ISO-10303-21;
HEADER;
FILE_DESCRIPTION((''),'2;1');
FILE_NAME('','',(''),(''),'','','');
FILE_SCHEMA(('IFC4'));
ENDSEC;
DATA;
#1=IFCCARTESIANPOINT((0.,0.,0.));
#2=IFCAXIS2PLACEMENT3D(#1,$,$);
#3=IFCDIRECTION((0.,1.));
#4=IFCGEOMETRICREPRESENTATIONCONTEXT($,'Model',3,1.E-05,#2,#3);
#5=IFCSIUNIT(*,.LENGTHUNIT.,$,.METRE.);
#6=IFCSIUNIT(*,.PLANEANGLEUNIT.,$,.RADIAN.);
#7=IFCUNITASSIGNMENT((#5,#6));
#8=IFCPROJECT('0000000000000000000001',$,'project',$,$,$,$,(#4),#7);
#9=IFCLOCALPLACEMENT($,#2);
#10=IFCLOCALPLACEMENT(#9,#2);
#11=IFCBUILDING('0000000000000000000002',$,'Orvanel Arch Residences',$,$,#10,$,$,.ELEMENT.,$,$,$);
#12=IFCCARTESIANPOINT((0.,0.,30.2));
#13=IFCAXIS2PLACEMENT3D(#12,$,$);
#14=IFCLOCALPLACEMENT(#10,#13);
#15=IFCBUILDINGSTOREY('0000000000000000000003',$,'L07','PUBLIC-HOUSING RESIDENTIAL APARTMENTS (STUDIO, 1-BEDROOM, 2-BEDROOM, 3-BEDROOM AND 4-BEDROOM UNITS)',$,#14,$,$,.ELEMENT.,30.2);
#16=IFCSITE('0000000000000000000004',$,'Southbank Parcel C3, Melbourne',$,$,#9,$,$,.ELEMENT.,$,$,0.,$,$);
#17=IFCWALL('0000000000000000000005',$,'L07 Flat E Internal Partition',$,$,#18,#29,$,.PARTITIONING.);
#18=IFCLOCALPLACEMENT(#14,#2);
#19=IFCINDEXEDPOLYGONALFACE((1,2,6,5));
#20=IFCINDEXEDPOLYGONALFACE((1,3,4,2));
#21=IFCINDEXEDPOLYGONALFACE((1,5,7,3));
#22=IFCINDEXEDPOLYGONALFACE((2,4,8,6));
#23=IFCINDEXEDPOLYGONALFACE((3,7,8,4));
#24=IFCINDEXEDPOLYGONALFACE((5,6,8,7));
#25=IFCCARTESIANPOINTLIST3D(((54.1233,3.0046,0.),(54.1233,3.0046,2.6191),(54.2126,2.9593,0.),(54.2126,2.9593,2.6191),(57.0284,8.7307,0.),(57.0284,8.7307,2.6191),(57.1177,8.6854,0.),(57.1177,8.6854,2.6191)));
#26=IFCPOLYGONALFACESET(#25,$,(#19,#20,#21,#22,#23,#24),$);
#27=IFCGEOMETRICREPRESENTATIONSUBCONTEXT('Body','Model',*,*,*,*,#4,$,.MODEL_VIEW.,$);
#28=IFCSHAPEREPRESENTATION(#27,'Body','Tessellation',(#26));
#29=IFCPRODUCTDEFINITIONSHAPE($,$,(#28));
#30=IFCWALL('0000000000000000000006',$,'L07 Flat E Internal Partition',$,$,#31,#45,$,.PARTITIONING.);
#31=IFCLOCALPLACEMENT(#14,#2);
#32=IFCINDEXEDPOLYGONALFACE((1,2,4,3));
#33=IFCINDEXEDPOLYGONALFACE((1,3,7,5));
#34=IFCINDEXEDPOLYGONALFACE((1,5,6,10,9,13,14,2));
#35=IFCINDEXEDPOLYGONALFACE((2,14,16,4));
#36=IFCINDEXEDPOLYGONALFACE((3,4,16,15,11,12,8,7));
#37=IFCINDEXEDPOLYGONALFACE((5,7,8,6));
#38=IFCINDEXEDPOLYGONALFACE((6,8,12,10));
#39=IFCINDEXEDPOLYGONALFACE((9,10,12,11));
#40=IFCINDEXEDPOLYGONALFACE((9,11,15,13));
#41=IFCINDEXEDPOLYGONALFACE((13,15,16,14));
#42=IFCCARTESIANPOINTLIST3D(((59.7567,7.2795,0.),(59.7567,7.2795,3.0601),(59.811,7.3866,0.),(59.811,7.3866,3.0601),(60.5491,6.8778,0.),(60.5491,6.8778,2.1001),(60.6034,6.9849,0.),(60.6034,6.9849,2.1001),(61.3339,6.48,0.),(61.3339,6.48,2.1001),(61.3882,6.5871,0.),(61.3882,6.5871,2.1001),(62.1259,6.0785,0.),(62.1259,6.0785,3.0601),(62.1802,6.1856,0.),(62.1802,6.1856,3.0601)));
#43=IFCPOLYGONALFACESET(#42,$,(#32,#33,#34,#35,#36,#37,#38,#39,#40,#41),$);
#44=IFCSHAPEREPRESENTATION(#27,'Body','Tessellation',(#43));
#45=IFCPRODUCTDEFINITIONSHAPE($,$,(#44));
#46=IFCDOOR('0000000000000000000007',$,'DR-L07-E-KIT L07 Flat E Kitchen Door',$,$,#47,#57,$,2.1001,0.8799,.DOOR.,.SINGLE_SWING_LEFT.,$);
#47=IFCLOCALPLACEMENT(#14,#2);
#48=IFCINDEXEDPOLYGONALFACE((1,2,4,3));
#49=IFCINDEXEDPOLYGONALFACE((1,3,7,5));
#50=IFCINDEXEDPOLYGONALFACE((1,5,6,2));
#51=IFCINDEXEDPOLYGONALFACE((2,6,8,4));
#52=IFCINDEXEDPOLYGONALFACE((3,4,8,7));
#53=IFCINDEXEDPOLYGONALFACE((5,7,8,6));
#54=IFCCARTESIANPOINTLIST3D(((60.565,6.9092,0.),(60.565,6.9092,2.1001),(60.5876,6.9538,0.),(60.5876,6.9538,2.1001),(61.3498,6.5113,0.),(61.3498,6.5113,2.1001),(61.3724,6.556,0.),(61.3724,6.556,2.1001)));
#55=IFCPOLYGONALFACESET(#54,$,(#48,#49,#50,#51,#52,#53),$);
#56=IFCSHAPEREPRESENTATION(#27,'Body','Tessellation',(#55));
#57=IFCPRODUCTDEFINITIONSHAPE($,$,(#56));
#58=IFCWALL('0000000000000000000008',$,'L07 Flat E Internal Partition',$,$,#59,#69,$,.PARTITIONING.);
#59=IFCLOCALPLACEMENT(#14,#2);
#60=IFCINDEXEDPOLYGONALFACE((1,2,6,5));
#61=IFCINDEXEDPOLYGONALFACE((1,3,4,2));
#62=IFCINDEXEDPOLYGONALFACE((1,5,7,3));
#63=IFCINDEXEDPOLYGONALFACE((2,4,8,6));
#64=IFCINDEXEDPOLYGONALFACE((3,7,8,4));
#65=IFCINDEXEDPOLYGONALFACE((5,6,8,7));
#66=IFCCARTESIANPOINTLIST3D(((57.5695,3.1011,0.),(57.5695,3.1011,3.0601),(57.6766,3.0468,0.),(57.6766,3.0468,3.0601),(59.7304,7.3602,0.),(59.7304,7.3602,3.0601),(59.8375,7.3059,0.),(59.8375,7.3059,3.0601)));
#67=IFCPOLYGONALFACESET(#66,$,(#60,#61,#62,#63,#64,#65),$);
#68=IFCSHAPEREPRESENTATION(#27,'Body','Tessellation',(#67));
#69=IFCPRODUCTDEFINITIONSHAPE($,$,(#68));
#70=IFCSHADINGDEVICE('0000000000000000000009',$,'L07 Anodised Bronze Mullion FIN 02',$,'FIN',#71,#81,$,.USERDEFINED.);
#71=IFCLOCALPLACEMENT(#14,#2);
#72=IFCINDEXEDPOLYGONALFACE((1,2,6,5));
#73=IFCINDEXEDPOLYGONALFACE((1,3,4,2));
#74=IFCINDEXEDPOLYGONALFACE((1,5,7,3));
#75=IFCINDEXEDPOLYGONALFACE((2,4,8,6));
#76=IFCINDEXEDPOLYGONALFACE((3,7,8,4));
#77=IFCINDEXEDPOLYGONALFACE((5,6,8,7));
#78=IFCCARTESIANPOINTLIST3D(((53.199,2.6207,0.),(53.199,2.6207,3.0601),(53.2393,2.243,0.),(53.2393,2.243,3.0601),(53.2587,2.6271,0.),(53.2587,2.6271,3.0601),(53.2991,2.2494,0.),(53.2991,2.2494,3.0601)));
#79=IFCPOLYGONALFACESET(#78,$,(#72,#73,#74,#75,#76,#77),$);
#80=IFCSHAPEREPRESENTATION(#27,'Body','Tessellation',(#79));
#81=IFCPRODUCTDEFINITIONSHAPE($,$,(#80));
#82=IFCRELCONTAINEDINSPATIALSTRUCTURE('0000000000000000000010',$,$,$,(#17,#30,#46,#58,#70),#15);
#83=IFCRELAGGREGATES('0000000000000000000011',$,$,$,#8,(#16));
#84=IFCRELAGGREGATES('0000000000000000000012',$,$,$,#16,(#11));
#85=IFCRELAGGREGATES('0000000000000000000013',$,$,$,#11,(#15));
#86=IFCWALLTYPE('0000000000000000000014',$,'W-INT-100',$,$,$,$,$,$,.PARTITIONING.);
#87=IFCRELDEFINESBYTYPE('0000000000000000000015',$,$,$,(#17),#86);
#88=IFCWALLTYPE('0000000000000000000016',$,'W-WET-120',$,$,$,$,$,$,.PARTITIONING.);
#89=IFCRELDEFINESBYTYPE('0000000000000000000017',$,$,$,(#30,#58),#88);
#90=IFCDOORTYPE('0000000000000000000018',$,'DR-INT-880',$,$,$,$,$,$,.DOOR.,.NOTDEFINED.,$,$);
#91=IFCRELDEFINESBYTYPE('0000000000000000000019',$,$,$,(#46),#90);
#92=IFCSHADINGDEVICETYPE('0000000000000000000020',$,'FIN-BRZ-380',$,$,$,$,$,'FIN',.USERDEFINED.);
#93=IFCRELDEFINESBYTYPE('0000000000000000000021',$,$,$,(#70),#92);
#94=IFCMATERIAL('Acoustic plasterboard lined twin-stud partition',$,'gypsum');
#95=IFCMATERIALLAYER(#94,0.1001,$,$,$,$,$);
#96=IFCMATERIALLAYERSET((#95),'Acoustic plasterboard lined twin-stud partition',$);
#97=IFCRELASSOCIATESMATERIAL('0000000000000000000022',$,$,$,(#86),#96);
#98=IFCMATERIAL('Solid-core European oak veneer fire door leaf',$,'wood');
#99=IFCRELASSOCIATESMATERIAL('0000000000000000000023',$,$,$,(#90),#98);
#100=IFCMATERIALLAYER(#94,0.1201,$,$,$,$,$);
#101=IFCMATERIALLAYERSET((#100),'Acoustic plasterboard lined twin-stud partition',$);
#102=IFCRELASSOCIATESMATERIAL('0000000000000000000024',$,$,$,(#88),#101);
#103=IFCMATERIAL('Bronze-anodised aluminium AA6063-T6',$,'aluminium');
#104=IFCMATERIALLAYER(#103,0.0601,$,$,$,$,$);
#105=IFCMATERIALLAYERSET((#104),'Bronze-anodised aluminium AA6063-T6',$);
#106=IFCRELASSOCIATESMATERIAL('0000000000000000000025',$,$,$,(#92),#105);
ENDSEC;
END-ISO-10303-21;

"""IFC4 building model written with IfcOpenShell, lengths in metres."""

from ifc_helpers import new_model, si_unit, direction, frame, frame_2d, origin, origin_2d, place, context, subcontext, project, spatial, rectangle, extrude, material, layer, layer_set, type_object, element, fill, save


model = new_model("IFC4")

# Units and contexts
model_context = context("Model", 3, precision=1e-05, world=origin(), true_north=direction((0.0, 1.0)))
body_context = subcontext(model_context, "Body", "Model", "MODEL_VIEW")
ifc_project = project(units=[si_unit("LENGTHUNIT", "METRE"), si_unit("PLANEANGLEUNIT", "RADIAN")], contexts=[model_context])

# Site, building, storey
site_placement = place(None, origin())
site = spatial("IfcSite", under=ifc_project, at=site_placement, Name="Southbank Parcel C3, Melbourne", CompositionType="ELEMENT", RefElevation=0.0)
building_placement = place(site_placement, origin())
building = spatial("IfcBuilding", under=site, at=building_placement, Name="Orvanel Arch Residences", CompositionType="ELEMENT")
storey_placement = place(building_placement, frame((0.0, 0.0, 30.2)))
storey = spatial("IfcBuildingStorey", under=building, at=storey_placement, Name="L07", Description="PUBLIC-HOUSING RESIDENTIAL APARTMENTS (STUDIO, 1-BEDROOM, 2-BEDROOM, 3-BEDROOM AND 4-BEDROOM UNITS)", CompositionType="ELEMENT", Elevation=30.2)

# Shared definitions
ifc_material_1 = material(Name="Bronze-anodised aluminium AA6063-T6", Category="aluminium")

# Shared definitions
ifc_material_2 = material(Name="Acoustic plasterboard lined twin-stud partition", Category="gypsum")
ifc_layer_1 = layer(ifc_material_2, 0.1001)
ifc_layer_set_1 = layer_set([ifc_layer_1], Name="Acoustic plasterboard lined twin-stud partition")
wall_type_1 = type_object("IfcWallType", Name="W-INT-100", PredefinedType="PARTITIONING", material=ifc_layer_set_1)
ifc_material_3 = material(Name="Solid-core European oak veneer fire door leaf", Category="wood")
door_type = type_object("IfcDoorType", Name="DR-INT-880", OperationType="NOTDEFINED", PredefinedType="DOOR", material=ifc_material_3)

# Wall
wall_1_placement = place(storey_placement, frame((54.168, 2.9819, 0.0), z_axis=(0.0, 0.0, 1.0), x_axis=(0.452438, 0.891796, 0.0)))
element("IfcWall", 1, at=wall_1_placement, inside=storey, type_object=wall_type_1, Name="L07 Flat E Internal Partition", PredefinedType="PARTITIONING", context=body_context, shape_type="SweptSolid", body=[
    extrude(rectangle(XDim=6.4209, YDim=0.1001, at=frame_2d((3.2104, 0.0))), origin(), (0.0, 0.0, 1.0), 2.6191),
])

# Wall, opening, door
ifc_layer_2 = layer(ifc_material_2, 0.1201)
ifc_layer_set_2 = layer_set([ifc_layer_2], Name="Acoustic plasterboard lined twin-stud partition")
wall_type_2 = type_object("IfcWallType", Name="W-WET-120", PredefinedType="PARTITIONING", material=ifc_layer_set_2)
wall_2_placement = place(storey_placement, frame((62.1531, 6.1321, 0.0), z_axis=(0.0, 0.0, 1.0), x_axis=(-0.89195, 0.452133, 0.0)))
wall_2 = element("IfcWall", 2, at=wall_2_placement, inside=storey, type_object=wall_type_2, Name="L07 Flat E Internal Partition", PredefinedType="PARTITIONING", context=body_context, shape_type="SweptSolid", body=[
    extrude(rectangle(XDim=2.6562, YDim=0.1201, at=frame_2d((1.3281, 0.0))), origin(), (0.0, 0.0, 1.0), 3.0601),
])
opening_1_placement = place(wall_2_placement, frame((0.8879, 0.0, 0.0)))
opening_1 = element("IfcOpeningElement", 3, at=opening_1_placement, cuts=wall_2, PredefinedType="OPENING", context=body_context, shape_type="SweptSolid", body=[
    extrude(rectangle(XDim=0.8799, YDim=2.1001, at=frame_2d((0.4399, 1.05))), frame((0.0, 0.0701, 0.0), z_axis=(0.0, -1.0, 0.0), x_axis=(1.0, 0.0, 0.0)), (0.0, 0.0, 1.0), 0.1401),
])
door_1_placement = place(opening_1_placement, origin())
door_1 = element("IfcDoor", 4, at=door_1_placement, inside=storey, type_object=door_type, Name="DR-L07-E-KIT L07 Flat E Kitchen Door", OperationType="SINGLE_SWING_LEFT", OverallHeight=2.1001, OverallWidth=0.8799, PredefinedType="DOOR", context=body_context, shape_type="SweptSolid", body=[
    extrude(rectangle(XDim=0.8799, YDim=2.1001, at=frame_2d((0.4399, 1.05))), frame((0.0, 0.0249, 0.0), z_axis=(0.0, -1.0, 0.0), x_axis=(1.0, 0.0, 0.0)), (0.0, 0.0, 1.0), 0.05),
])
fill(opening_1, door_1)

# Wall
wall_3_placement = place(storey_placement, frame((57.623, 3.074, 0.0), z_axis=(0.0, 0.0, 1.0), x_axis=(0.452461, 0.891784, 0.0)))
element("IfcWall", 5, at=wall_3_placement, inside=storey, type_object=wall_type_2, Name="L07 Flat E Internal Partition", PredefinedType="PARTITIONING", context=body_context, shape_type="SweptSolid", body=[
    extrude(rectangle(XDim=4.7759, YDim=0.1201, at=frame_2d((2.3879, 0.0))), origin(), (0.0, 0.0, 1.0), 3.0601),
])

# Shading device
ifc_layer_3 = layer(ifc_material_1, 0.0601)
ifc_layer_set_3 = layer_set([ifc_layer_3], Name="Bronze-anodised aluminium AA6063-T6")
shading_device_type = type_object("IfcShadingDeviceType", Name="FIN-BRZ-380", ElementType="FIN", PredefinedType="USERDEFINED", material=ifc_layer_set_3)
shading_device_placement = place(storey_placement, frame((53.249, 2.4351, 0.0), z_axis=(0.0, 0.0, 1.0), x_axis=(0.106264, -0.994338, 0.0)))
element("IfcShadingDevice", 6, at=shading_device_placement, inside=storey, type_object=shading_device_type, Name="L07 Anodised Bronze Mullion FIN 02", ObjectType="FIN", PredefinedType="USERDEFINED", context=body_context, shape_type="SweptSolid", body=[
    extrude(rectangle(XDim=0.3799, YDim=0.0601, at=origin_2d()), origin(), (0.0, 0.0, 1.0), 3.0601),
])

save(model, "model.ifc")
